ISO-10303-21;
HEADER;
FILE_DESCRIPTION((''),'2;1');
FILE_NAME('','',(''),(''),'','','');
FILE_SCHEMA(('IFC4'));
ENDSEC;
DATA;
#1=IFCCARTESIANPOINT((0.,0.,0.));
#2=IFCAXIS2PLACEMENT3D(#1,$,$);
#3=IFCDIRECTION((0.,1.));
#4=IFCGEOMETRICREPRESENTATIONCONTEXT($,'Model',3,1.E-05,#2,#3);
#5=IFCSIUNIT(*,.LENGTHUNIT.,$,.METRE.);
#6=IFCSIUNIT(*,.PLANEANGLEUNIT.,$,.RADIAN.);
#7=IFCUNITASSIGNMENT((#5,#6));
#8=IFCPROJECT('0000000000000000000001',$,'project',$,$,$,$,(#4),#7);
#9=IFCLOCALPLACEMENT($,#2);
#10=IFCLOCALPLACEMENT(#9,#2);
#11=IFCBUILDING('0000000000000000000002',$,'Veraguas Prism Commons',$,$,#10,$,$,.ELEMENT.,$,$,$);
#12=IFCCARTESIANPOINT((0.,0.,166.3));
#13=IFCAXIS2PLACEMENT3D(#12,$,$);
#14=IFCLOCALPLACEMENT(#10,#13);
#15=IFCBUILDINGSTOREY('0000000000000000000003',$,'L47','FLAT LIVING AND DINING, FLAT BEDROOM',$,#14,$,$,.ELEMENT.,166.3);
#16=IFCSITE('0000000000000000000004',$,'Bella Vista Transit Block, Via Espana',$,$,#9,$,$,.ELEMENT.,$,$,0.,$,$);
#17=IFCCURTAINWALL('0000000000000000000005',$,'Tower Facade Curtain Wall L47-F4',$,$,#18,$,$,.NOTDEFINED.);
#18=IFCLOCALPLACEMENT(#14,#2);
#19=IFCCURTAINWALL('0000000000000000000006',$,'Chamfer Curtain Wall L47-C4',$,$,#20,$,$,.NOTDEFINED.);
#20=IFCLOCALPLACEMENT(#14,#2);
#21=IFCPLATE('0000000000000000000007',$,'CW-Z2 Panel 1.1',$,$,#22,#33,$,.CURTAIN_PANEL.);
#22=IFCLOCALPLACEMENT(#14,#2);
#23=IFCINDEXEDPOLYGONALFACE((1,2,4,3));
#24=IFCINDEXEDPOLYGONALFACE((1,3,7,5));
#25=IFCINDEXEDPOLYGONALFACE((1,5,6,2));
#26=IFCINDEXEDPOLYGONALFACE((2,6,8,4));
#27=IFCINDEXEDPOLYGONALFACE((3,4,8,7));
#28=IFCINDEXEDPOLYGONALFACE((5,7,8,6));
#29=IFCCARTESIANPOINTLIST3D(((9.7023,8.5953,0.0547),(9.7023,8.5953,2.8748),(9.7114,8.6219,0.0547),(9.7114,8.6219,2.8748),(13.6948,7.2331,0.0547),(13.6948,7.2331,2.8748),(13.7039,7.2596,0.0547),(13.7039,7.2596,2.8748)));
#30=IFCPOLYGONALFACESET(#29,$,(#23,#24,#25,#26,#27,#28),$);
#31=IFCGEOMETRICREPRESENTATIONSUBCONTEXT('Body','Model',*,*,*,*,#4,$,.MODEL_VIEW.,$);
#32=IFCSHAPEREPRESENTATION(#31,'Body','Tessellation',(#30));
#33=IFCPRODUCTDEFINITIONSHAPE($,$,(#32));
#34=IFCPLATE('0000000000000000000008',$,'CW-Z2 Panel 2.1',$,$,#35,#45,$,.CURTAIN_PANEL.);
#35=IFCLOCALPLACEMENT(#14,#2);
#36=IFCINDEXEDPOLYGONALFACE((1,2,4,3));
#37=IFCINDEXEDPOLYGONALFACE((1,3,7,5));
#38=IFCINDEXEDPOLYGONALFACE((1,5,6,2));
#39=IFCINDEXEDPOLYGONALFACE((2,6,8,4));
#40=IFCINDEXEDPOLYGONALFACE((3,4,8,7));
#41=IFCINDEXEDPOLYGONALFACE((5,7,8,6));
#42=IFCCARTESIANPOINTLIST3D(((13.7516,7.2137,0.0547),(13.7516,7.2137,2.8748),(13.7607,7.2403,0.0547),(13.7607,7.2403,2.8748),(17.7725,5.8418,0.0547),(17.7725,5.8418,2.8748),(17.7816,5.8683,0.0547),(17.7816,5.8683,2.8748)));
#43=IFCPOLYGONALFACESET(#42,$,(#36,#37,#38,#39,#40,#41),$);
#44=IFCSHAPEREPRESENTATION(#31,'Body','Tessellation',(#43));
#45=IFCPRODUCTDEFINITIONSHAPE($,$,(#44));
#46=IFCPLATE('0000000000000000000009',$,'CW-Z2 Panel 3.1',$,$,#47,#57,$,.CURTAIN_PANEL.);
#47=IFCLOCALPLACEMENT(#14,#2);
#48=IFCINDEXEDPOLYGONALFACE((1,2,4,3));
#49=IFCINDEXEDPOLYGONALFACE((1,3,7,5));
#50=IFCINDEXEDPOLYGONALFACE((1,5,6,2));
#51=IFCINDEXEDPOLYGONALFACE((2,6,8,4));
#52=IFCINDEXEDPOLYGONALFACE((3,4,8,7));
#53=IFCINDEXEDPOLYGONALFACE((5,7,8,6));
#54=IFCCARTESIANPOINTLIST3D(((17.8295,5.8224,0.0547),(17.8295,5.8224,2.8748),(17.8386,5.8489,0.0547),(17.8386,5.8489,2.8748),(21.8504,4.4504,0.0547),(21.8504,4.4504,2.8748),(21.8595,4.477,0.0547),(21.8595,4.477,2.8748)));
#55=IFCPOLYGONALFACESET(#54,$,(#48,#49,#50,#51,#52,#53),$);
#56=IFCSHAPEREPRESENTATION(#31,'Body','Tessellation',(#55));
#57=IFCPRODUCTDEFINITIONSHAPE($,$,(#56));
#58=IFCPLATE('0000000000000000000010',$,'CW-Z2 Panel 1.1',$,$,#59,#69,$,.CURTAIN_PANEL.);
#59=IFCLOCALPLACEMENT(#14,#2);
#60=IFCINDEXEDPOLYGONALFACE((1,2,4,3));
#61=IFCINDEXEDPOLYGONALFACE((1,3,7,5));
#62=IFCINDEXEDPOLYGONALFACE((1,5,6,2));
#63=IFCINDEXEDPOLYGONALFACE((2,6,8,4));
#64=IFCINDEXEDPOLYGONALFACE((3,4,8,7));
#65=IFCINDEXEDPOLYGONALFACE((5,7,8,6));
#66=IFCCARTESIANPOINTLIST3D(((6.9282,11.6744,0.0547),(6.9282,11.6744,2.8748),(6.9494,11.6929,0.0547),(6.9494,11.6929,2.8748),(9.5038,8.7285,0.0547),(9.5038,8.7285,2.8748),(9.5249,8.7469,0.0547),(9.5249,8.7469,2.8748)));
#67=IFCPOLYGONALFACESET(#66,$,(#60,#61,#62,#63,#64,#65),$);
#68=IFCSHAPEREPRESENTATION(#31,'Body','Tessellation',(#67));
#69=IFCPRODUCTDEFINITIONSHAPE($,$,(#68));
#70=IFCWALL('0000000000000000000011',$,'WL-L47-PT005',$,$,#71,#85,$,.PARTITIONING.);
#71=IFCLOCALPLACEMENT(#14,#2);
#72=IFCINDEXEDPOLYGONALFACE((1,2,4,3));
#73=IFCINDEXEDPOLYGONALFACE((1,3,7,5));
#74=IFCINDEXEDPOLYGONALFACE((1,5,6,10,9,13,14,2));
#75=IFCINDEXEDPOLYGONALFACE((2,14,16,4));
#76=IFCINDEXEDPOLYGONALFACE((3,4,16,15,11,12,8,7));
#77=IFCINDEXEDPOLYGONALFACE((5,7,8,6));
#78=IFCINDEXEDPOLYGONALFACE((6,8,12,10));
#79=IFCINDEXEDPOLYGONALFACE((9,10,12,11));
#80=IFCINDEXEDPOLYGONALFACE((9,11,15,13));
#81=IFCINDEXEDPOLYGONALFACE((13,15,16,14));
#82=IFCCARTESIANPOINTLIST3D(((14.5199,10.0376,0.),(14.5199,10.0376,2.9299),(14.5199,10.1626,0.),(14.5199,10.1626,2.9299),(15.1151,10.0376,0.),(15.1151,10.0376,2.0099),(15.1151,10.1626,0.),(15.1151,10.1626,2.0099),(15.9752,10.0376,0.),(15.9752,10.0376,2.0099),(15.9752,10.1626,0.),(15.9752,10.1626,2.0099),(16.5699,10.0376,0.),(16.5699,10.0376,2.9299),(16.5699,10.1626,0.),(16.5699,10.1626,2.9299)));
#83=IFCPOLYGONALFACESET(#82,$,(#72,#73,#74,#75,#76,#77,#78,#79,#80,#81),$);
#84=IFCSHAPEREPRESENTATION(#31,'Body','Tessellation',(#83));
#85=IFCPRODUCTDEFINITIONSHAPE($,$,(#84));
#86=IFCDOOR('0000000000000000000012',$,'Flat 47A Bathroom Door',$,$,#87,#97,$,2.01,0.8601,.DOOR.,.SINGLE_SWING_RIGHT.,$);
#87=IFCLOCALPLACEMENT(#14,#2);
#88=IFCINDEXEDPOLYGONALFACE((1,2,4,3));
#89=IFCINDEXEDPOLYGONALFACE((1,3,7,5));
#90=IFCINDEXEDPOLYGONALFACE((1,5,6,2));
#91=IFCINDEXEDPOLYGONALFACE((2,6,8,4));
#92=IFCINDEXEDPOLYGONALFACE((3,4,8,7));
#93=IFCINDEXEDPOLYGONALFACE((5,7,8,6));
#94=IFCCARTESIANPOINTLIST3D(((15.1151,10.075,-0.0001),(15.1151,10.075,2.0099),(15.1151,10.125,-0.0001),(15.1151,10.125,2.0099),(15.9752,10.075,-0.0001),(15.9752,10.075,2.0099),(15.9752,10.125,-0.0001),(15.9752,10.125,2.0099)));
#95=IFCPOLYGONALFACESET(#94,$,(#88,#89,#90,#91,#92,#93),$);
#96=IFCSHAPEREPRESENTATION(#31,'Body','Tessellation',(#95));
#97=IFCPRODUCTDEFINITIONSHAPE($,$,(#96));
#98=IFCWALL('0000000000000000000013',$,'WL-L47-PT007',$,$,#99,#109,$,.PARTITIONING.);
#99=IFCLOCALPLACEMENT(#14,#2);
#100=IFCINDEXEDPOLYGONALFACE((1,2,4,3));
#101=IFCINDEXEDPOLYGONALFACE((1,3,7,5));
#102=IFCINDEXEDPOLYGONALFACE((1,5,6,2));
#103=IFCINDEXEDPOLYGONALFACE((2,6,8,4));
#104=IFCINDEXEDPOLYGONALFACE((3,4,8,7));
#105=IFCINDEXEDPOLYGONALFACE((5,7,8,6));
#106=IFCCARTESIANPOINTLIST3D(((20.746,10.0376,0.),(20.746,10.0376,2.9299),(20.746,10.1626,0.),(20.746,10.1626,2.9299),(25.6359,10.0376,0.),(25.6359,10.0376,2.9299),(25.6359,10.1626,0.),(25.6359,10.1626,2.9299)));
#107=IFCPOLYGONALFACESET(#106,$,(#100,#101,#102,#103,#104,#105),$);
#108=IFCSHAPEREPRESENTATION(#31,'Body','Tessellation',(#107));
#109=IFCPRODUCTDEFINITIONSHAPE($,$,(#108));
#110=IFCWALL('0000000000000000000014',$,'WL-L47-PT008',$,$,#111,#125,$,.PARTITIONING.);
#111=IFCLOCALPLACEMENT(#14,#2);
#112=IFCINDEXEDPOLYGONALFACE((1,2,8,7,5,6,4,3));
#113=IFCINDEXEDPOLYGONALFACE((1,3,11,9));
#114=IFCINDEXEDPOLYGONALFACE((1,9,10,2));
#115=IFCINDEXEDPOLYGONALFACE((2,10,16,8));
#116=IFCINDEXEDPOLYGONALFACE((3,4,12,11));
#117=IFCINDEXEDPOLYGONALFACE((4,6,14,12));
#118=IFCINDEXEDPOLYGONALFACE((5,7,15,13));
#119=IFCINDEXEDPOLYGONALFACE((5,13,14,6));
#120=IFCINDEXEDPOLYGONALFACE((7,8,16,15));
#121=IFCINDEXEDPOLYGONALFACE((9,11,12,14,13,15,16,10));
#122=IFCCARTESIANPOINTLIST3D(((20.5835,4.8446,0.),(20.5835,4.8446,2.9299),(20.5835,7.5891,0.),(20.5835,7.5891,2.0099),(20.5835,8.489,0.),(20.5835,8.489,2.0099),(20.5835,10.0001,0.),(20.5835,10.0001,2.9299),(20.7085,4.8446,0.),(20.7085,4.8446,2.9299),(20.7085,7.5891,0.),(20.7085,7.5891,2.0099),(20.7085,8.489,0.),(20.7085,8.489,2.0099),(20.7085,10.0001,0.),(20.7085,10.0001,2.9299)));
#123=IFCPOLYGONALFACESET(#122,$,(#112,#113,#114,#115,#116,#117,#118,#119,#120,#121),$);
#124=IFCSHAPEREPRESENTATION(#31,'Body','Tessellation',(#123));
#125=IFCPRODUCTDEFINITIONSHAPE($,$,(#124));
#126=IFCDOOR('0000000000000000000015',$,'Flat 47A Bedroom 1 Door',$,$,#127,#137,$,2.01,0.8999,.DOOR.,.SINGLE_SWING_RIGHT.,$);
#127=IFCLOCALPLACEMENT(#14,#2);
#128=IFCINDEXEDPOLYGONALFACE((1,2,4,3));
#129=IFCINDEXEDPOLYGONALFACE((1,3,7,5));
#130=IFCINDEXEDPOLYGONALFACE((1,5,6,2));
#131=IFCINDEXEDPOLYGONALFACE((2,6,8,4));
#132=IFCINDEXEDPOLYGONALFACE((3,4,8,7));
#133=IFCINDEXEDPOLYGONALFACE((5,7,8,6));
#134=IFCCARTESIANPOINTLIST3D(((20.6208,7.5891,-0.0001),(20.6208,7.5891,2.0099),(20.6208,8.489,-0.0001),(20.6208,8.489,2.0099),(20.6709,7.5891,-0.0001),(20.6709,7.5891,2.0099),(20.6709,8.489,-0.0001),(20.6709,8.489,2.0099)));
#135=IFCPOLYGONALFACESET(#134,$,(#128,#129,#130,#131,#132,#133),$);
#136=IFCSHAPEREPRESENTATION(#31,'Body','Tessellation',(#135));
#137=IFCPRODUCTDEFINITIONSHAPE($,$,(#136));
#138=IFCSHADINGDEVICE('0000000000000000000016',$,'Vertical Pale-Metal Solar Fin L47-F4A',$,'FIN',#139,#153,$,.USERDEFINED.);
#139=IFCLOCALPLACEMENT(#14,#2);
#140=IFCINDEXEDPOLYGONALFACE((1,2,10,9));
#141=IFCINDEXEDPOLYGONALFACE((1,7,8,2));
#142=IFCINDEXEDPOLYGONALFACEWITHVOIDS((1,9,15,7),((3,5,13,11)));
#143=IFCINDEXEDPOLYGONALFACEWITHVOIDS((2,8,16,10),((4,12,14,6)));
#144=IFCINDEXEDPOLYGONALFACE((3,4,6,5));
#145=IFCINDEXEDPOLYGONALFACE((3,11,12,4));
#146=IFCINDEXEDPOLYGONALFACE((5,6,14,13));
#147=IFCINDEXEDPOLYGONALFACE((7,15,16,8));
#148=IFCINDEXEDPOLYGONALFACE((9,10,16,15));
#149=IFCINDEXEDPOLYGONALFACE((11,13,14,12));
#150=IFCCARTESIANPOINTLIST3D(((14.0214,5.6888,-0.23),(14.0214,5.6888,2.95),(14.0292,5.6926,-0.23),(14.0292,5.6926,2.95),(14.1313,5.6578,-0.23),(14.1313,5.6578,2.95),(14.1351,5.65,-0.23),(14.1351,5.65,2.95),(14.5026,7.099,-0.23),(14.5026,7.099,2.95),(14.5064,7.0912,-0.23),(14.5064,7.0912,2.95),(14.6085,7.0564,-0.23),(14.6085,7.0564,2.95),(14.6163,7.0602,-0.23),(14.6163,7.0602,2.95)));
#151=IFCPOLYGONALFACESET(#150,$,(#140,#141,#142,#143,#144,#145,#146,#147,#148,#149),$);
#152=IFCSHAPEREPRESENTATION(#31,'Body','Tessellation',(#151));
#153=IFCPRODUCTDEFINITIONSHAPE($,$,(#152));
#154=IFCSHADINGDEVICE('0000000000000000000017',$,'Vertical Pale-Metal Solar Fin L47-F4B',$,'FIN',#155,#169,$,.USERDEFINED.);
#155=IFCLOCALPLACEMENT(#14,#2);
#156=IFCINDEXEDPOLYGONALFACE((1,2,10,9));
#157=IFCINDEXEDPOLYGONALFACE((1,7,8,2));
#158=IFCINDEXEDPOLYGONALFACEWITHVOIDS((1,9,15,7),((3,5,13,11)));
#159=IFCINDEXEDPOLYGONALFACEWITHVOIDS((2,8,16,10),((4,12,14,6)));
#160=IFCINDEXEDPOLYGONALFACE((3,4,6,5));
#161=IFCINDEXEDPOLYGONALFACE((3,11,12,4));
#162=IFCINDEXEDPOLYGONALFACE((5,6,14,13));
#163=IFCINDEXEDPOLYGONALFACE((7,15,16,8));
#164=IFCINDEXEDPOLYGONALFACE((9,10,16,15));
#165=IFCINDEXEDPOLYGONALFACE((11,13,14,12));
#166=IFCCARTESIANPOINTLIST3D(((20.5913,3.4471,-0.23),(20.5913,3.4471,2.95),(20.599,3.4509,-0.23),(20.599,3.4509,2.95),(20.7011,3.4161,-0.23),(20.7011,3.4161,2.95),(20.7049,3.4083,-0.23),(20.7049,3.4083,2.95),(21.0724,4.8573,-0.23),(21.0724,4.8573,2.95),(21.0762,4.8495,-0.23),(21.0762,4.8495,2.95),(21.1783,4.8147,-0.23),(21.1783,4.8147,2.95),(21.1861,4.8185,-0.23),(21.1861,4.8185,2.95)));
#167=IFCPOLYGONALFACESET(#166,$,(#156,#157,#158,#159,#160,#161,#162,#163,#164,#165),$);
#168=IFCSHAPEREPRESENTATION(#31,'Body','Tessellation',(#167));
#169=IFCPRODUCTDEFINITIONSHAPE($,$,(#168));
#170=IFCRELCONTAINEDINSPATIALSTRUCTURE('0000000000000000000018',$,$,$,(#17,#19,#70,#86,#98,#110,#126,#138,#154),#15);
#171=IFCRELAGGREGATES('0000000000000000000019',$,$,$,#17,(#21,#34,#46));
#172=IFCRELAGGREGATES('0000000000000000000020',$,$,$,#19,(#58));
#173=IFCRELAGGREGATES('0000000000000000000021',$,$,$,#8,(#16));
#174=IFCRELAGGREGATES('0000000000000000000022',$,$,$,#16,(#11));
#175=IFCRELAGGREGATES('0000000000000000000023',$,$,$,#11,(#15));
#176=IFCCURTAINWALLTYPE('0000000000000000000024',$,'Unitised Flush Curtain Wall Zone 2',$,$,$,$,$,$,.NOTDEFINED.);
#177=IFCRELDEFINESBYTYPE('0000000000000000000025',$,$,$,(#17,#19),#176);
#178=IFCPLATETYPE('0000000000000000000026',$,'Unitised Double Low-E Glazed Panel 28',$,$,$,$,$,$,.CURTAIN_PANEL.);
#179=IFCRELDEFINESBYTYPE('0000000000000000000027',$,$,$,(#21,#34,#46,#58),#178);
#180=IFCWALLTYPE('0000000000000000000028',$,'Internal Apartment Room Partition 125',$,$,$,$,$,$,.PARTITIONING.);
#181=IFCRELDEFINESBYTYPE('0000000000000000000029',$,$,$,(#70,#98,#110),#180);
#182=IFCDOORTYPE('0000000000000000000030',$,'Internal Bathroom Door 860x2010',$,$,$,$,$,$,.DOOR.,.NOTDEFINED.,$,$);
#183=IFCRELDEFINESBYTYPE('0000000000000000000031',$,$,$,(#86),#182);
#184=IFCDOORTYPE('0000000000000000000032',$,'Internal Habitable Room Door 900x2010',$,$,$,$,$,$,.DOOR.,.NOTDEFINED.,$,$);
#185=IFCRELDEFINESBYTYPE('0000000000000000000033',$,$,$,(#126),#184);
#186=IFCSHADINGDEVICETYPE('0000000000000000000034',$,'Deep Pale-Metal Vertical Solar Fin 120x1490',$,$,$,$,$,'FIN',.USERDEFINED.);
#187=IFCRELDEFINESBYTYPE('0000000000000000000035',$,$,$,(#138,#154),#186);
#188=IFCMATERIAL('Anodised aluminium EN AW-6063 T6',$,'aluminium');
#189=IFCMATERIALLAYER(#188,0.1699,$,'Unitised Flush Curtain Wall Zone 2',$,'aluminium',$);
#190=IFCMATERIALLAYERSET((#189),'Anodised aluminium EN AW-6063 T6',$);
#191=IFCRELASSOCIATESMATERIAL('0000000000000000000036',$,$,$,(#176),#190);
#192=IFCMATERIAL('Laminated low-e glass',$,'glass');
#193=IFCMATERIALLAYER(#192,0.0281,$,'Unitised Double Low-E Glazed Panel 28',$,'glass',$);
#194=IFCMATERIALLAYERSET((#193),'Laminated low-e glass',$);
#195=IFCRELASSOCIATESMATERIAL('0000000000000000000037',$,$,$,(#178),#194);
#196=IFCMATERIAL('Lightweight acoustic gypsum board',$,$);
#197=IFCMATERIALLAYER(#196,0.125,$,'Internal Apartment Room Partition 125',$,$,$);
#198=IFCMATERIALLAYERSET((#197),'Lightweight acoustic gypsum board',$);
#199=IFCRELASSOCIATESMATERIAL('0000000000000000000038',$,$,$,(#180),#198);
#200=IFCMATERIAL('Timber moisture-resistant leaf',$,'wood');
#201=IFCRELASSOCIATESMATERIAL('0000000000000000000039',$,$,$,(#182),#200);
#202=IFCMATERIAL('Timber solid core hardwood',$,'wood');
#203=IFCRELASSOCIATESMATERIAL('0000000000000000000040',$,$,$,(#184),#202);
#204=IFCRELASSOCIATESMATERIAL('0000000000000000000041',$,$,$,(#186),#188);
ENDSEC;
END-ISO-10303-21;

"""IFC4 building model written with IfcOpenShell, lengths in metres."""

from ifc_helpers import new_model, si_unit, direction, frame, frame_2d, origin, origin_2d, place, context, subcontext, project, spatial, rectangle, hollow_rectangle, extrude, source, transform, mapped, material, layer, layer_set, material_profile, profile_set, type_object, element, fill, aggregate, save


model = new_model("IFC4")

# Units and contexts
model_context = context("Model", 3, precision=1e-05, world=origin(), true_north=direction((0.0, 1.0)))
body_context = subcontext(model_context, "Body", "Model", "MODEL_VIEW")
ifc_project = project(units=[si_unit("LENGTHUNIT", "METRE"), si_unit("PLANEANGLEUNIT", "RADIAN")], contexts=[model_context])

# Site, building, storey
site_placement = place(None, origin())
site = spatial("IfcSite", under=ifc_project, at=site_placement, Name="Bella Vista Transit Block, Via Espana", CompositionType="ELEMENT", RefElevation=0.0)
building_placement = place(site_placement, origin())
building = spatial("IfcBuilding", under=site, at=building_placement, Name="Veraguas Prism Commons", CompositionType="ELEMENT")
storey_placement = place(building_placement, frame((0.0, 0.0, 166.3)))
storey = spatial("IfcBuildingStorey", under=building, at=storey_placement, Name="L47", Description="FLAT LIVING AND DINING, FLAT BEDROOM", CompositionType="ELEMENT", Elevation=166.3)

# Curtain wall
ifc_material_1 = material(Name="Anodised aluminium EN AW-6063 T6", Category="aluminium")
ifc_layer_1 = layer(ifc_material_1, 0.1699, Name="Unitised Flush Curtain Wall Zone 2", Category="aluminium")
ifc_layer_set_1 = layer_set([ifc_layer_1], Name="Anodised aluminium EN AW-6063 T6")
curtain_wall_type = type_object("IfcCurtainWallType", Name="Unitised Flush Curtain Wall Zone 2", PredefinedType="NOTDEFINED", material=ifc_layer_set_1)
curtain_wall_1_placement = place(storey_placement, origin())
curtain_wall_1 = element("IfcCurtainWall", 1, at=curtain_wall_1_placement, inside=storey, type_object=curtain_wall_type, Name="Tower Facade Curtain Wall L47-F4", PredefinedType="NOTDEFINED")

# Curtain wall
curtain_wall_2_placement = place(storey_placement, origin())
curtain_wall_2 = element("IfcCurtainWall", 2, at=curtain_wall_2_placement, inside=storey, type_object=curtain_wall_type, Name="Chamfer Curtain Wall L47-C4", PredefinedType="NOTDEFINED")

# Plates
ifc_material_2 = material(Name="Laminated low-e glass", Category="glass")
ifc_layer_2 = layer(ifc_material_2, 0.0281, Name="Unitised Double Low-E Glazed Panel 28", Category="glass")
ifc_layer_set_2 = layer_set([ifc_layer_2], Name="Laminated low-e glass")
plate_type = type_object("IfcPlateType", Name="Unitised Double Low-E Glazed Panel 28", PredefinedType="CURTAIN_PANEL", material=ifc_layer_set_2)
shared_shape_1 = source(origin(), body_context, "Body", "SweptSolid", [
    extrude(rectangle(XDim=4.2185, YDim=0.0281, at=origin_2d()), origin(), (0.0, 0.0, 1.0), 2.8201),
])
plate_1_placement = place(storey_placement, frame((11.7031, 7.9275, 0.0547), z_axis=(0.0, 0.0, 1.0), x_axis=(0.946425, -0.322925, 0.0)))
plate_1 = element("IfcPlate", 3, at=plate_1_placement, type_object=plate_type, Name="CW-Z2 Panel 1.1", PredefinedType="CURTAIN_PANEL", context=body_context, shape_type="MappedRepresentation", body=[
    mapped(shared_shape_1, transform((0.0, 0.0, 0.0), scale=1.0)),
])
shared_shape_2 = source(origin(), body_context, "Body", "SweptSolid", [
    extrude(rectangle(XDim=4.2485, YDim=0.0281, at=origin_2d()), origin(), (0.0, 0.0, 1.0), 2.8201),
])
plate_2_placement = place(storey_placement, frame((15.7666, 6.541, 0.0547), z_axis=(0.0, 0.0, 1.0), x_axis=(0.946425, -0.322925, 0.0)))
plate_2 = element("IfcPlate", 4, at=plate_2_placement, type_object=plate_type, Name="CW-Z2 Panel 2.1", PredefinedType="CURTAIN_PANEL", context=body_context, shape_type="MappedRepresentation", body=[
    mapped(shared_shape_2, transform((0.0, 0.0, 0.0), scale=1.0)),
])
plate_3_placement = place(storey_placement, frame((19.8445, 5.1497, 0.0547), z_axis=(0.0, 0.0, 1.0), x_axis=(0.946425, -0.322925, 0.0)))
plate_3 = element("IfcPlate", 5, at=plate_3_placement, type_object=plate_type, Name="CW-Z2 Panel 3.1", PredefinedType="CURTAIN_PANEL", context=body_context, shape_type="MappedRepresentation", body=[
    mapped(shared_shape_2, transform((0.0, 0.0, 0.0), scale=1.0)),
])
aggregate(curtain_wall_1, [plate_1, plate_2, plate_3])
shared_shape_3 = source(origin(), body_context, "Body", "SweptSolid", [
    extrude(rectangle(XDim=3.9131, YDim=0.0281, at=origin_2d()), origin(), (0.0, 0.0, 1.0), 2.8201),
])
plate_4_placement = place(storey_placement, frame((8.2266, 10.2107, 0.0547), z_axis=(0.0, 0.0, 1.0), x_axis=(0.658186, -0.752855, 0.0)))
plate_4 = element("IfcPlate", 6, at=plate_4_placement, type_object=plate_type, Name="CW-Z2 Panel 1.1", PredefinedType="CURTAIN_PANEL", context=body_context, shape_type="MappedRepresentation", body=[
    mapped(shared_shape_3, transform((0.0, 0.0, 0.0), scale=1.0)),
])
aggregate(curtain_wall_2, [plate_4])

# Wall, opening, door
ifc_material_3 = material(Name="Lightweight acoustic gypsum board")
ifc_layer_3 = layer(ifc_material_3, 0.125, Name="Internal Apartment Room Partition 125")
ifc_layer_set_3 = layer_set([ifc_layer_3], Name="Lightweight acoustic gypsum board")
wall_type = type_object("IfcWallType", Name="Internal Apartment Room Partition 125", PredefinedType="PARTITIONING", material=ifc_layer_set_3)
wall_1_placement = place(storey_placement, frame((14.52, 10.1001, 0.0), z_axis=(0.0, 0.0, 1.0), x_axis=(1.0, 0.0, 0.0)))
wall_1 = element("IfcWall", 7, at=wall_1_placement, inside=storey, type_object=wall_type, Name="WL-L47-PT005", PredefinedType="PARTITIONING", context=body_context, shape_type="SweptSolid", body=[
    extrude(rectangle(XDim=2.05, YDim=0.125, at=frame_2d((1.0249, 0.0))), origin(), (0.0, 0.0, 1.0), 2.9299),
])
opening_1_placement = place(wall_1_placement, frame((0.595, 0.0, 0.0)))
opening_1 = element("IfcOpeningElement", 8, at=opening_1_placement, cuts=wall_1, PredefinedType="OPENING", context=body_context, shape_type="SweptSolid", body=[
    extrude(rectangle(XDim=0.8601, YDim=2.01, at=frame_2d((0.4302, 1.0049))), frame((0.0, 0.0725, 0.0), z_axis=(0.0, -1.0, 0.0), x_axis=(1.0, 0.0, 0.0)), (0.0, 0.0, 1.0), 0.145),
])
ifc_material_4 = material(Name="Timber moisture-resistant leaf", Category="wood")
door_type_1 = type_object("IfcDoorType", Name="Internal Bathroom Door 860x2010", OperationType="NOTDEFINED", PredefinedType="DOOR", material=ifc_material_4)
shared_shape_4 = source(origin(), body_context, "Body", "SweptSolid", [
    extrude(rectangle(XDim=0.8601, YDim=2.01, at=frame_2d((0.4302, 1.0049))), frame((0.0, 0.0249, 0.0), z_axis=(0.0, -1.0, 0.0), x_axis=(1.0, 0.0, 0.0)), (0.0, 0.0, 1.0), 0.05),
])
door_1_placement = place(opening_1_placement, origin())
door_1 = element("IfcDoor", 9, at=door_1_placement, inside=storey, type_object=door_type_1, Name="Flat 47A Bathroom Door", OperationType="SINGLE_SWING_RIGHT", OverallHeight=2.01, OverallWidth=0.8601, PredefinedType="DOOR", context=body_context, shape_type="MappedRepresentation", body=[
    mapped(shared_shape_4, transform((0.0, 0.0, 0.0), scale=1.0)),
])
fill(opening_1, door_1)

# Wall
wall_2_placement = place(storey_placement, frame((20.7461, 10.1001, 0.0), z_axis=(0.0, 0.0, 1.0), x_axis=(1.0, 0.0, 0.0)))
element("IfcWall", 10, at=wall_2_placement, inside=storey, type_object=wall_type, Name="WL-L47-PT007", PredefinedType="PARTITIONING", context=body_context, shape_type="SweptSolid", body=[
    extrude(rectangle(XDim=4.8899, YDim=0.125, at=frame_2d((2.4448, 0.0))), origin(), (0.0, 0.0, 1.0), 2.9299),
])

# Wall, opening, door
wall_3_placement = place(storey_placement, frame((20.646, 10.0, 0.0), z_axis=(0.0, 0.0, 1.0), x_axis=(0.0, -1.0, 0.0)))
wall_3 = element("IfcWall", 11, at=wall_3_placement, inside=storey, type_object=wall_type, Name="WL-L47-PT008", PredefinedType="PARTITIONING", context=body_context, shape_type="SweptSolid", body=[
    extrude(rectangle(XDim=5.1555, YDim=0.125, at=frame_2d((2.5776, 0.0))), origin(), (0.0, 0.0, 1.0), 2.9299),
])
opening_2_placement = place(wall_3_placement, frame((1.511, 0.0, 0.0)))
opening_2 = element("IfcOpeningElement", 12, at=opening_2_placement, cuts=wall_3, PredefinedType="OPENING", context=body_context, shape_type="SweptSolid", body=[
    extrude(rectangle(XDim=0.8999, YDim=2.01, at=frame_2d((0.45, 1.0049))), frame((0.0, 0.0725, 0.0), z_axis=(0.0, -1.0, 0.0), x_axis=(1.0, 0.0, 0.0)), (0.0, 0.0, 1.0), 0.145),
])
ifc_material_5 = material(Name="Timber solid core hardwood", Category="wood")
door_type_2 = type_object("IfcDoorType", Name="Internal Habitable Room Door 900x2010", OperationType="NOTDEFINED", PredefinedType="DOOR", material=ifc_material_5)
shared_shape_5 = source(origin(), body_context, "Body", "SweptSolid", [
    extrude(rectangle(XDim=0.8999, YDim=2.01, at=frame_2d((0.45, 1.0049))), frame((0.0, 0.0249, 0.0), z_axis=(0.0, -1.0, 0.0), x_axis=(1.0, 0.0, 0.0)), (0.0, 0.0, 1.0), 0.05),
])
door_2_placement = place(opening_2_placement, origin())
door_2 = element("IfcDoor", 13, at=door_2_placement, inside=storey, type_object=door_type_2, Name="Flat 47A Bedroom 1 Door", OperationType="SINGLE_SWING_RIGHT", OverallHeight=2.01, OverallWidth=0.8999, PredefinedType="DOOR", context=body_context, shape_type="MappedRepresentation", body=[
    mapped(shared_shape_5, transform((0.0, 0.0, 0.0), scale=1.0)),
])
fill(opening_2, door_2)

# Shading devices
ifc_material_profile_1 = material_profile(ifc_material_1, hollow_rectangle(XDim=0.1201, YDim=1.49, WallThickness=0.0061, at=origin_2d()), Name="FIN120X1490X6")
ifc_profile_set_1 = profile_set([ifc_material_profile_1], Name="Anodised aluminium EN AW-6063 T6")
shading_device_type = type_object("IfcShadingDeviceType", Name="Deep Pale-Metal Vertical Solar Fin 120x1490", ElementType="FIN", PredefinedType="USERDEFINED", material=ifc_profile_set_1)
for number, where, z_axis, x_axis, name in (
    (14, (14.3188, 6.3745, -0.23), (0.0, 0.0, 1.0), (0.946424, -0.322927, 0.0), "Vertical Pale-Metal Solar Fin L47-F4A"),
    (15, (20.8887, 4.1328, -0.23), (0.0, 0.0, 1.0), (0.946424, -0.322927, 0.0), "Vertical Pale-Metal Solar Fin L47-F4B"),
):
    element("IfcShadingDevice", number, at=place(storey_placement, frame(where, z_axis=z_axis, x_axis=x_axis)), inside=storey, type_object=shading_device_type, Name=name, ObjectType="FIN", PredefinedType="USERDEFINED", context=body_context, shape_type="SweptSolid", body=[
        extrude(hollow_rectangle(XDim=0.1201, YDim=1.49, WallThickness=0.0061, at=origin_2d()), origin(), (0.0, 0.0, 1.0), 3.1799),
    ])

save(model, "model.ifc")
